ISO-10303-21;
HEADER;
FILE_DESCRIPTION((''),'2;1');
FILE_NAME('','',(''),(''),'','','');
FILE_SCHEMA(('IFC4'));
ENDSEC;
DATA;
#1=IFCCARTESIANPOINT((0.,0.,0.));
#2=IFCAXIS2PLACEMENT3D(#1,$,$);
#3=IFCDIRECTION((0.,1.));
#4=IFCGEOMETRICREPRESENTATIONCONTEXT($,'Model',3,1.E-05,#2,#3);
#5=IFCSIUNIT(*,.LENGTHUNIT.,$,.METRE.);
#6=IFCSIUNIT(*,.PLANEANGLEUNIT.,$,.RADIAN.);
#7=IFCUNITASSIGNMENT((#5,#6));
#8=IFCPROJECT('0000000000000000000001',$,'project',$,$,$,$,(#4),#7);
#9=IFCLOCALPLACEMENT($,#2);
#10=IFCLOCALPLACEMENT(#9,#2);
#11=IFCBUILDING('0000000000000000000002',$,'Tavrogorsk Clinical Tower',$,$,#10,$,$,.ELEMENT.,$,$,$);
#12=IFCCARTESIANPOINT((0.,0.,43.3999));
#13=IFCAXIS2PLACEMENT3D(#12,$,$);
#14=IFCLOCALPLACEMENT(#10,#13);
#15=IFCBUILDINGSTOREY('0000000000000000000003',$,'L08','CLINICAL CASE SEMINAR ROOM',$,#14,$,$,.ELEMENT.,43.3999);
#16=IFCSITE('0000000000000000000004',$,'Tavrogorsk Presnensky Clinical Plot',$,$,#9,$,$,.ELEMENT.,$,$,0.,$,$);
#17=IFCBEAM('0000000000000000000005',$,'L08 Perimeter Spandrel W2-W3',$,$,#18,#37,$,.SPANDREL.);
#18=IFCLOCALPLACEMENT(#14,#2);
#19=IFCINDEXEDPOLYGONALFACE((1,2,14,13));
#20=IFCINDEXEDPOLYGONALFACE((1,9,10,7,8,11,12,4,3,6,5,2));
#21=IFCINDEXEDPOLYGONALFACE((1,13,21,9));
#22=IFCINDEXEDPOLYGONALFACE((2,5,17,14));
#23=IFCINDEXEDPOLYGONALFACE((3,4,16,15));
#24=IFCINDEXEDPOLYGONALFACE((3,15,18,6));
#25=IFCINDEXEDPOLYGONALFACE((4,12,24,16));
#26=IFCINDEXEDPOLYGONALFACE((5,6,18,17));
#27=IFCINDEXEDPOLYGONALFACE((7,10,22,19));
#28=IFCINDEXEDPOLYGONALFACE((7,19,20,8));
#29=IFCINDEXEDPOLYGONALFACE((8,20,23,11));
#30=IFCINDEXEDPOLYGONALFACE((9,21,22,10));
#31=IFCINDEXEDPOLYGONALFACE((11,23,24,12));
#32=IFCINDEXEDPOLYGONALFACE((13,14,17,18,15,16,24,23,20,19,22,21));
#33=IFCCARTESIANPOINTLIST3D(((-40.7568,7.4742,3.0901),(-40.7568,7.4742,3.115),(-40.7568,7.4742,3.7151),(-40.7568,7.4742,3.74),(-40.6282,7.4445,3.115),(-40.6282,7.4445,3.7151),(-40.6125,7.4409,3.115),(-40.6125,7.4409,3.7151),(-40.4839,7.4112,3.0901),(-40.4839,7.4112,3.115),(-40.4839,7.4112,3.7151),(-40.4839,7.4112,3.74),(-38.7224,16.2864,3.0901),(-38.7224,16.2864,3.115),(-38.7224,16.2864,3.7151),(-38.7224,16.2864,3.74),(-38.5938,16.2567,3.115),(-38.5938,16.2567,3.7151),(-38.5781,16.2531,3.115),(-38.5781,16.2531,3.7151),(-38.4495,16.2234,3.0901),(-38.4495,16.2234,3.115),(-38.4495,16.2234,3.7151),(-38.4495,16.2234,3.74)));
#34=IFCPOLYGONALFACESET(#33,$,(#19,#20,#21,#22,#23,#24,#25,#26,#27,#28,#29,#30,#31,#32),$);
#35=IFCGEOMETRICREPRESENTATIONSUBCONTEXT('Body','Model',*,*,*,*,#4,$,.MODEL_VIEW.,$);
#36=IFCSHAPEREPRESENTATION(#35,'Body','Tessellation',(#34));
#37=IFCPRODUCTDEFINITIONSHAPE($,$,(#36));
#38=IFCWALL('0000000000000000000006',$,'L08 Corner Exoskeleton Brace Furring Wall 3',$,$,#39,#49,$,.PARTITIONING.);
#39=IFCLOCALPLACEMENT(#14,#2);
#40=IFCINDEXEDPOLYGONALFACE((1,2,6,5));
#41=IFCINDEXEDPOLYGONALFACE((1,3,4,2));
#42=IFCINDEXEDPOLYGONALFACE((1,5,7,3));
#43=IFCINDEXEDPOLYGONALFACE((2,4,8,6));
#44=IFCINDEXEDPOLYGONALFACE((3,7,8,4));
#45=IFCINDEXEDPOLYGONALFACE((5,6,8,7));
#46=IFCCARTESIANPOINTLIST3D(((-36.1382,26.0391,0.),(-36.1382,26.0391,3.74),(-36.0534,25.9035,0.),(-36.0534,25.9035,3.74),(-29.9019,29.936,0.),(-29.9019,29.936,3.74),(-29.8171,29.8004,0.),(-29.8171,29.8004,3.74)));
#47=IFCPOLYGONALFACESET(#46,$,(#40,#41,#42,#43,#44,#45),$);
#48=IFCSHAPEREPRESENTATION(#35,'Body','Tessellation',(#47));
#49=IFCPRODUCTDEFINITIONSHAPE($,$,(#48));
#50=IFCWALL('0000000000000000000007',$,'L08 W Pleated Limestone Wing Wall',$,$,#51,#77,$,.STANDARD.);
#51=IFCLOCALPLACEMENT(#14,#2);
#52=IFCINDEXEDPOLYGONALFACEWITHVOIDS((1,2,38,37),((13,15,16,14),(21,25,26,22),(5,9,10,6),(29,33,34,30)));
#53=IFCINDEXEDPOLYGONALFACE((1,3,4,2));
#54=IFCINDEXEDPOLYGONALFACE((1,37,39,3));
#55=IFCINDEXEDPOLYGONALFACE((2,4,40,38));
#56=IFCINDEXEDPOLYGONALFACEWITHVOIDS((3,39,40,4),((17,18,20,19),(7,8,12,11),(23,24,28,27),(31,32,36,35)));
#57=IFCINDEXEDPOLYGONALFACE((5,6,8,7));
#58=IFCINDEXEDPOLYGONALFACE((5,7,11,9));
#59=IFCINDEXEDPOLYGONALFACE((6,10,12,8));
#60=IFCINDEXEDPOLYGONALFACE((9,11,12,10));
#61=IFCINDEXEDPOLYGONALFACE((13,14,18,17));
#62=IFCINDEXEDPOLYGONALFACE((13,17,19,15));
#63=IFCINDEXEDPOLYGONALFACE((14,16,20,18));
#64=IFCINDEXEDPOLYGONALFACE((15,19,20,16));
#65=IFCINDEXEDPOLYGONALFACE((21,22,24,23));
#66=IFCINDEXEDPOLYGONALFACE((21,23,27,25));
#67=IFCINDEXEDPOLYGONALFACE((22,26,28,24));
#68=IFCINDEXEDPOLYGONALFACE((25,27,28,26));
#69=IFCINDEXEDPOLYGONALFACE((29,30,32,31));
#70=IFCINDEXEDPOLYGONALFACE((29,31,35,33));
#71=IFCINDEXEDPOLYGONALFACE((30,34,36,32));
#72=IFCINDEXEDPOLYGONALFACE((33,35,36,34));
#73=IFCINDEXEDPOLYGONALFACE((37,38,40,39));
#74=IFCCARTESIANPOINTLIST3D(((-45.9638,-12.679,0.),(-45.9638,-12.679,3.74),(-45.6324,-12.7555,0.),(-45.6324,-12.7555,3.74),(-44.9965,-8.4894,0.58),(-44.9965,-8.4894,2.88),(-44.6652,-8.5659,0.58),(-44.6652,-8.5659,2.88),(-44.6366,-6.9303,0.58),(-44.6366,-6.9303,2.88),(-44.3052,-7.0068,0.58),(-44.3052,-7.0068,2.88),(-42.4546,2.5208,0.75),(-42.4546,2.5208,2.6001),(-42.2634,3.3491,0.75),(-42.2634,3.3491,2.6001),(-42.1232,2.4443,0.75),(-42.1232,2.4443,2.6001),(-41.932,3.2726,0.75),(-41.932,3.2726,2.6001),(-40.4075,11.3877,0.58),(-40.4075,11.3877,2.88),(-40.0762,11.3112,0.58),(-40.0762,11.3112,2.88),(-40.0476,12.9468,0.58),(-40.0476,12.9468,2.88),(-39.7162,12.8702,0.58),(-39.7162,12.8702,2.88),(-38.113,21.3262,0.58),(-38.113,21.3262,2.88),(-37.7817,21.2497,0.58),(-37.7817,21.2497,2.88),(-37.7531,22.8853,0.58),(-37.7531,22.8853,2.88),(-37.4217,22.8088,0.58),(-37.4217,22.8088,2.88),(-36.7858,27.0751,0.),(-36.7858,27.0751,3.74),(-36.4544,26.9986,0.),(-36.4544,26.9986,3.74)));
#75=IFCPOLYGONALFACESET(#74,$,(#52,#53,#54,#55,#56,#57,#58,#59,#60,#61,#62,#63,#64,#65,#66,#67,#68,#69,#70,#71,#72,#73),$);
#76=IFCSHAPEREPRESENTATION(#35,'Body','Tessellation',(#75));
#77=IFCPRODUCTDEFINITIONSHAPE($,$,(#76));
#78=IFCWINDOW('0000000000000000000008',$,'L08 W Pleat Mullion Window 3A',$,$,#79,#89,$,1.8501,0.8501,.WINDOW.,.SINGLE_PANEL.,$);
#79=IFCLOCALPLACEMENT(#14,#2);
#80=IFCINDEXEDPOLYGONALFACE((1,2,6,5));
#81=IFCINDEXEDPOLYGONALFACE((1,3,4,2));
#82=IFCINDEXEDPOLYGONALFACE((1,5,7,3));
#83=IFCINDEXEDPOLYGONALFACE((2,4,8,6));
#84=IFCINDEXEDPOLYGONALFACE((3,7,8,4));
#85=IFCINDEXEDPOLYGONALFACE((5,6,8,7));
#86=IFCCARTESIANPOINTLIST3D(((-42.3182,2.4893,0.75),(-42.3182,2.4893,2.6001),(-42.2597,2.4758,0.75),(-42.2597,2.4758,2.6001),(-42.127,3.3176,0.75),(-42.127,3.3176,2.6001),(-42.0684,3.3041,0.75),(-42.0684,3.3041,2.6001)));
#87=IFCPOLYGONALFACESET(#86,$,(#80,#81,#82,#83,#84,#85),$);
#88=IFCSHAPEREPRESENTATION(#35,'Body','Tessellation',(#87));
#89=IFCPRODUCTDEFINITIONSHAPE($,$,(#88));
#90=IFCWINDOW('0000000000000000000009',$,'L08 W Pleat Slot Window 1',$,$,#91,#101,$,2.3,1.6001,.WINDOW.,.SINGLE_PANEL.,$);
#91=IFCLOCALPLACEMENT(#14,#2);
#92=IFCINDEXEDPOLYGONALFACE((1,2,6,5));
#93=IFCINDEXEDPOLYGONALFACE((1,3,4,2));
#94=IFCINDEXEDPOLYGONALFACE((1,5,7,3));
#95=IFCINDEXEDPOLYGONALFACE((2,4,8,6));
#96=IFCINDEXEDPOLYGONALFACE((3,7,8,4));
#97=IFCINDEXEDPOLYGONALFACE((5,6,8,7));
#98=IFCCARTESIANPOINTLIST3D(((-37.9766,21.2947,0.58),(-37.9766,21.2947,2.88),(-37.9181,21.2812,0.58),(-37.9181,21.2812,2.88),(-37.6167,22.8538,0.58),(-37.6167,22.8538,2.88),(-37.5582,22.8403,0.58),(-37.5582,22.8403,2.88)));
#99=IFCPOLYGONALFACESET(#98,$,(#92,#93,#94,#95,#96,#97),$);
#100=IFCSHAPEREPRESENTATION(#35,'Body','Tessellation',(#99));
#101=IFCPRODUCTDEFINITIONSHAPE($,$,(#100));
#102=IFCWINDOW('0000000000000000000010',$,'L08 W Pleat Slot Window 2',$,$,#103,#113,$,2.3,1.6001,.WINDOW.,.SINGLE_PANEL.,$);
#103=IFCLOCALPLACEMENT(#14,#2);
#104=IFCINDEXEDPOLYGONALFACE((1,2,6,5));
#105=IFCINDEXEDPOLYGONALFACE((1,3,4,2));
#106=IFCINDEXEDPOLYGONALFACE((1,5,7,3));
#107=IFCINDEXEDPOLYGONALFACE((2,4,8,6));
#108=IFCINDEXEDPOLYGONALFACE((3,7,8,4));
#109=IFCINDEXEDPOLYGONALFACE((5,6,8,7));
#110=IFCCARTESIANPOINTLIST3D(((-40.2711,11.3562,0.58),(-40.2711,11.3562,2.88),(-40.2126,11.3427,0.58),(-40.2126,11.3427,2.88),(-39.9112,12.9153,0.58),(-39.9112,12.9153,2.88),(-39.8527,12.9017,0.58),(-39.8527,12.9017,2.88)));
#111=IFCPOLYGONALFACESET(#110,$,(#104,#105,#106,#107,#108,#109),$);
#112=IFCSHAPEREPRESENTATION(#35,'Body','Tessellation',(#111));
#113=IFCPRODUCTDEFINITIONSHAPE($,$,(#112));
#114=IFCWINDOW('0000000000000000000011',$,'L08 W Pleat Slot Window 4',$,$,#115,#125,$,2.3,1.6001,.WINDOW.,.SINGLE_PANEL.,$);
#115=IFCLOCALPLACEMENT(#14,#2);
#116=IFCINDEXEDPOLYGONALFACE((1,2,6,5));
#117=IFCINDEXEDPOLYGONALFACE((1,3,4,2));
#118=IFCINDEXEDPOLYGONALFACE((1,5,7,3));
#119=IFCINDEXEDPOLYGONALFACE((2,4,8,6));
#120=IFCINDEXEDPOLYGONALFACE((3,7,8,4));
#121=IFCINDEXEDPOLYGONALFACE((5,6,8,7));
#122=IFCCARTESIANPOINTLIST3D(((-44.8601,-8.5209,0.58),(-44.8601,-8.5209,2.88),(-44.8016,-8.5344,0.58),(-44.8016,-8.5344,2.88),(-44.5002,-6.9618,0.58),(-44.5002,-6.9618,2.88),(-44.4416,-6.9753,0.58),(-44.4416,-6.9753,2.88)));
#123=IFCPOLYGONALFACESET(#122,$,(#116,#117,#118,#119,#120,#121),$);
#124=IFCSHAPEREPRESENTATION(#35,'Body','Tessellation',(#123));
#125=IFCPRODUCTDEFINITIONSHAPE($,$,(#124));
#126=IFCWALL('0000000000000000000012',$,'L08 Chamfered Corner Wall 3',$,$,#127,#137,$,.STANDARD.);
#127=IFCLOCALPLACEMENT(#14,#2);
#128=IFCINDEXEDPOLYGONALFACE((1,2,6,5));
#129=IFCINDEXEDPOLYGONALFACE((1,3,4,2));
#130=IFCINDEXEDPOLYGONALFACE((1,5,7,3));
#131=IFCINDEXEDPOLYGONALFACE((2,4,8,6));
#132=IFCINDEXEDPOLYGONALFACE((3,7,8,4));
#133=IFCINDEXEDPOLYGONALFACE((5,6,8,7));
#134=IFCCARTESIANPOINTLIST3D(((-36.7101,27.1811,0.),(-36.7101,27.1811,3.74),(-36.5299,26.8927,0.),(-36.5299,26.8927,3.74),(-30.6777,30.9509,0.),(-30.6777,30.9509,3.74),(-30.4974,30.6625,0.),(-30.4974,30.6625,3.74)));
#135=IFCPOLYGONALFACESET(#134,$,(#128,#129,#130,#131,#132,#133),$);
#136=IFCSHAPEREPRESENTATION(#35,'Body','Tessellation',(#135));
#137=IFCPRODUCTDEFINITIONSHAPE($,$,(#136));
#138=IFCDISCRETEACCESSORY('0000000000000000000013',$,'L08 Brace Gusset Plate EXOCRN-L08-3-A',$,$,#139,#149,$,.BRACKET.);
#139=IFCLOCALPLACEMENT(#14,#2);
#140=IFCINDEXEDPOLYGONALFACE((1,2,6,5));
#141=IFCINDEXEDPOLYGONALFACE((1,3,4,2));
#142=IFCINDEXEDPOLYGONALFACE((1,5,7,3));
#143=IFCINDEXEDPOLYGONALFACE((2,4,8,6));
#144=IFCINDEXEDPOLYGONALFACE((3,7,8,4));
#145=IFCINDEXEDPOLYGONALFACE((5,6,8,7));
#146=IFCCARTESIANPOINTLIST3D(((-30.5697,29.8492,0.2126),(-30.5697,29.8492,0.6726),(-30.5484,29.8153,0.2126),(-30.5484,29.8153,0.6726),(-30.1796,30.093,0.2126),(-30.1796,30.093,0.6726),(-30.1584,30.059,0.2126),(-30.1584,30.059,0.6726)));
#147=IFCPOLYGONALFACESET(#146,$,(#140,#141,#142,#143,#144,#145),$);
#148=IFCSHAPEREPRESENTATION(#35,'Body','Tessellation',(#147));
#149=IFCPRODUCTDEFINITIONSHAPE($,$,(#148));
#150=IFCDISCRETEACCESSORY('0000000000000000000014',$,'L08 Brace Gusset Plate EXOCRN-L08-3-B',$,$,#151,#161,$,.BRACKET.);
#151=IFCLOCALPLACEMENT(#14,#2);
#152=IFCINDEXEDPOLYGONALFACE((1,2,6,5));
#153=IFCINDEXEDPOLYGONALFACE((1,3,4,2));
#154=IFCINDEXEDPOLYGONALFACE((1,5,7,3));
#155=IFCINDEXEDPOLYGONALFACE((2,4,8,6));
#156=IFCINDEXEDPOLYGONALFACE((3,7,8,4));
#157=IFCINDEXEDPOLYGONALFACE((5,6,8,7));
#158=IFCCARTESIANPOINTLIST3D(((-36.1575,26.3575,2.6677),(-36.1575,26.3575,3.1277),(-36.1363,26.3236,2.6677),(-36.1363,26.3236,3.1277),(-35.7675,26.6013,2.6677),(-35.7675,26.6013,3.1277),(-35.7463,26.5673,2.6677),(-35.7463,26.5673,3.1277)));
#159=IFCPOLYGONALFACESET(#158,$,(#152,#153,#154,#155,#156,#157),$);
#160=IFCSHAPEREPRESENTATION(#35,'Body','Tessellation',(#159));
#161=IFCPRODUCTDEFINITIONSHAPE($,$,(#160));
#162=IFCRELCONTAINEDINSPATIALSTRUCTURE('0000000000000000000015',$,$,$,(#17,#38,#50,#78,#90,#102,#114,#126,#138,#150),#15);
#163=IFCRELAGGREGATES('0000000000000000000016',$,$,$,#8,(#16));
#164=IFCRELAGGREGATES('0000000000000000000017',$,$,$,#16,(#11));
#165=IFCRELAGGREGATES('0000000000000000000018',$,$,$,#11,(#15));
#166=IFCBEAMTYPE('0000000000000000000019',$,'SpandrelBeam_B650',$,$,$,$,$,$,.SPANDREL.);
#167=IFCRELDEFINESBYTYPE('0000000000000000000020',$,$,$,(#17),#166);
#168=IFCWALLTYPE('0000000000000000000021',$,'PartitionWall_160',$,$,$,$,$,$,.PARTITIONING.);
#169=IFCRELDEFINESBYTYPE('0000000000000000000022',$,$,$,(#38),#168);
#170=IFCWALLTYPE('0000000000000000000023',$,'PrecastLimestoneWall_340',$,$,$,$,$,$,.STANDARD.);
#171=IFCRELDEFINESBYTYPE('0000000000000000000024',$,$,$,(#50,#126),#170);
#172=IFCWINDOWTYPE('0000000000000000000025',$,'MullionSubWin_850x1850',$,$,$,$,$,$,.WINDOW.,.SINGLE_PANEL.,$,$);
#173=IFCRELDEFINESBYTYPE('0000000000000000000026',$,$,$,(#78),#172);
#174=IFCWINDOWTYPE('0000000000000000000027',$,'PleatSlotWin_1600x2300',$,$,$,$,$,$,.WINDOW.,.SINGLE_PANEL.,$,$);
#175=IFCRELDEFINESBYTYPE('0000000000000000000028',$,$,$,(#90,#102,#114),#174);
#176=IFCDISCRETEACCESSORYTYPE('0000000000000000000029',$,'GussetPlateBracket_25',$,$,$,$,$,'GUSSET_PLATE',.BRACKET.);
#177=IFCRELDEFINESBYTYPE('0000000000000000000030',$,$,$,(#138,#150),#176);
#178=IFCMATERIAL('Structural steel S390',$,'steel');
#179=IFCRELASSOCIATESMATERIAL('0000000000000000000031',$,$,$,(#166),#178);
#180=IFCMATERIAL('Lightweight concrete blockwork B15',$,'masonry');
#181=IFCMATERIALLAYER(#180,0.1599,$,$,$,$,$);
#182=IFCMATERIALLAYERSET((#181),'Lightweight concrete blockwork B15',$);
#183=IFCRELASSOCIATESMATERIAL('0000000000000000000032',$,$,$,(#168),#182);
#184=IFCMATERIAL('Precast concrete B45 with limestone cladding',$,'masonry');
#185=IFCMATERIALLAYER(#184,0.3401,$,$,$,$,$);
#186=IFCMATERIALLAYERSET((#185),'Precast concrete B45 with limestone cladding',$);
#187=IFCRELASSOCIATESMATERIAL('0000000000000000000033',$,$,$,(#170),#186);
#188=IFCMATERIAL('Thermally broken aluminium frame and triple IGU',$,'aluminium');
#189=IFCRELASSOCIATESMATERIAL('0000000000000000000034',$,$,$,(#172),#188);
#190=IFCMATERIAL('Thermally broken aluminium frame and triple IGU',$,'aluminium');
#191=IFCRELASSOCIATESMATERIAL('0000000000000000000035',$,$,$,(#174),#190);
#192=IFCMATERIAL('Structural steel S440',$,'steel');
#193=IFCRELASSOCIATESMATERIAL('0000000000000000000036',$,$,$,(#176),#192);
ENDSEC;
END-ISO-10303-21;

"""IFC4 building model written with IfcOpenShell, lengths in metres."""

from ifc_helpers import new_model, si_unit, direction, frame, frame_2d, origin, origin_2d, place, context, subcontext, project, spatial, rectangle, i_section, extrude, material, layer, layer_set, material_profile, profile_set, type_object, element, fill, save


model = new_model("IFC4")

# Units and contexts
model_context = context("Model", 3, precision=1e-05, world=origin(), true_north=direction((0.0, 1.0)))
body_context = subcontext(model_context, "Body", "Model", "MODEL_VIEW")
ifc_project = project(units=[si_unit("LENGTHUNIT", "METRE"), si_unit("PLANEANGLEUNIT", "RADIAN")], contexts=[model_context])

# Site, building, storey
site_placement = place(None, origin())
site = spatial("IfcSite", under=ifc_project, at=site_placement, Name="Tavrogorsk Presnensky Clinical Plot", CompositionType="ELEMENT", RefElevation=0.0)
building_placement = place(site_placement, origin())
building = spatial("IfcBuilding", under=site, at=building_placement, Name="Tavrogorsk Clinical Tower", CompositionType="ELEMENT")
storey_placement = place(building_placement, frame((0.0, 0.0, 43.3999)))
storey = spatial("IfcBuildingStorey", under=building, at=storey_placement, Name="L08", Description="CLINICAL CASE SEMINAR ROOM", CompositionType="ELEMENT", Elevation=43.3999)

# Beam
ifc_material_1 = material(Name="Structural steel S390", Category="steel")
ifc_material_profile_1 = material_profile(ifc_material_1, i_section(OverallWidth=0.28, OverallDepth=0.6499, WebThickness=0.0161, FlangeThickness=0.0249, at=origin_2d()), Name="B-650x280x16x25")
ifc_profile_set_1 = profile_set([ifc_material_profile_1], Name="Structural steel S390")
beam_type_1 = type_object("IfcBeamType", Name="SpandrelBeam_B650", PredefinedType="SPANDREL", material=ifc_profile_set_1)
beam_1_placement = place(storey_placement, frame((-38.5859, 16.2549, 3.415), z_axis=(-0.224946, -0.974371, 0.0), x_axis=(0.974371, -0.224946, 0.0)))
element("IfcBeam", 1, at=beam_1_placement, inside=storey, type_object=beam_type_1, Name="L08 Perimeter Spandrel W2-W3", PredefinedType="SPANDREL", context=body_context, shape_type="SweptSolid", body=[
    extrude(i_section(OverallWidth=0.28, OverallDepth=0.6499, WebThickness=0.0161, FlangeThickness=0.0249, at=origin_2d()), origin(), (0.0, 0.0, 1.0), 9.0439),
])

# Wall
ifc_material_2 = material(Name="Lightweight concrete blockwork B15", Category="masonry")
ifc_layer_1 = layer(ifc_material_2, 0.1599)
ifc_layer_set_1 = layer_set([ifc_layer_1], Name="Lightweight concrete blockwork B15")
wall_type_1 = type_object("IfcWallType", Name="PartitionWall_160", PredefinedType="PARTITIONING", material=ifc_layer_set_1)
wall_1_placement = place(storey_placement, frame((-29.8596, 29.8682, 0.0), z_axis=(0.0, 0.0, 1.0), x_axis=(-0.848043, -0.529927, 0.0)))
element("IfcWall", 2, at=wall_1_placement, inside=storey, type_object=wall_type_1, Name="L08 Corner Exoskeleton Brace Furring Wall 3", PredefinedType="PARTITIONING", context=body_context, shape_type="SweptSolid", body=[
    extrude(rectangle(XDim=7.3538, YDim=0.1599, at=frame_2d((3.6768, 0.0))), origin(), (0.0, 0.0, 1.0), 3.74),
])

# Wall, openings, windows
ifc_material_3 = material(Name="Precast concrete B45 with limestone cladding", Category="masonry")
ifc_layer_2 = layer(ifc_material_3, 0.3401)
ifc_layer_set_2 = layer_set([ifc_layer_2], Name="Precast concrete B45 with limestone cladding")
wall_type_2 = type_object("IfcWallType", Name="PrecastLimestoneWall_340", PredefinedType="STANDARD", material=ifc_layer_set_2)
wall_2_placement = place(storey_placement, frame((-36.6201, 27.0369, 0.0), z_axis=(0.0, 0.0, 1.0), x_axis=(-0.224951, -0.97437, 0.0)))
wall_2 = element("IfcWall", 3, at=wall_2_placement, inside=storey, type_object=wall_type_2, Name="L08 W Pleated Limestone Wing Wall", PredefinedType="STANDARD", context=body_context, shape_type="SweptSolid", body=[
    extrude(rectangle(XDim=40.7998, YDim=0.3401, at=frame_2d((20.3999, 0.0))), origin(), (0.0, 0.0, 1.0), 3.74),
])
opening_1_placement = place(wall_2_placement, frame((4.3, 0.0, 0.5801)))
opening_1 = element("IfcOpeningElement", 4, at=opening_1_placement, cuts=wall_2, PredefinedType="OPENING", context=body_context, shape_type="SweptSolid", body=[
    extrude(rectangle(XDim=1.6001, YDim=2.3, at=frame_2d((0.8, 1.1499))), frame((0.0, 0.1799, 0.0), z_axis=(0.0, -1.0, 0.0), x_axis=(1.0, 0.0, 0.0)), (0.0, 0.0, 1.0), 0.3601),
])
opening_2_placement = place(wall_2_placement, frame((14.5, 0.0, 0.5801)))
opening_2 = element("IfcOpeningElement", 5, at=opening_2_placement, cuts=wall_2, PredefinedType="OPENING", context=body_context, shape_type="SweptSolid", body=[
    extrude(rectangle(XDim=1.6001, YDim=2.3, at=frame_2d((0.8, 1.1499))), frame((0.0, 0.1799, 0.0), z_axis=(0.0, -1.0, 0.0), x_axis=(1.0, 0.0, 0.0)), (0.0, 0.0, 1.0), 0.3601),
])
opening_3_placement = place(wall_2_placement, frame((24.3501, 0.0, 0.75)))
opening_3 = element("IfcOpeningElement", 6, at=opening_3_placement, cuts=wall_2, PredefinedType="OPENING", context=body_context, shape_type="SweptSolid", body=[
    extrude(rectangle(XDim=0.8501, YDim=1.8501, at=frame_2d((0.425, 0.925))), frame((0.0, 0.1799, 0.0), z_axis=(0.0, -1.0, 0.0), x_axis=(1.0, 0.0, 0.0)), (0.0, 0.0, 1.0), 0.3601),
])
opening_4_placement = place(wall_2_placement, frame((34.8999, 0.0, 0.5801)))
opening_4 = element("IfcOpeningElement", 7, at=opening_4_placement, cuts=wall_2, PredefinedType="OPENING", context=body_context, shape_type="SweptSolid", body=[
    extrude(rectangle(XDim=1.6001, YDim=2.3, at=frame_2d((0.8, 1.1499))), frame((0.0, 0.1799, 0.0), z_axis=(0.0, -1.0, 0.0), x_axis=(1.0, 0.0, 0.0)), (0.0, 0.0, 1.0), 0.3601),
])
ifc_material_4 = material(Name="Thermally broken aluminium frame and triple IGU", Category="aluminium")
window_type_1 = type_object("IfcWindowType", Name="MullionSubWin_850x1850", PartitioningType="SINGLE_PANEL", PredefinedType="WINDOW", material=ifc_material_4)
window_1_placement = place(opening_3_placement, origin())
window_1 = element("IfcWindow", 8, at=window_1_placement, inside=storey, type_object=window_type_1, Name="L08 W Pleat Mullion Window 3A", OverallHeight=1.8501, OverallWidth=0.8501, PartitioningType="SINGLE_PANEL", PredefinedType="WINDOW", context=body_context, shape_type="SweptSolid", body=[
    extrude(rectangle(XDim=0.8501, YDim=1.8501, at=frame_2d((0.425, 0.925))), frame((0.0, 0.03, 0.0), z_axis=(0.0, -1.0, 0.0), x_axis=(1.0, 0.0, 0.0)), (0.0, 0.0, 1.0), 0.0601),
])
fill(opening_3, window_1)
ifc_material_5 = material(Name="Thermally broken aluminium frame and triple IGU", Category="aluminium")
window_type_2 = type_object("IfcWindowType", Name="PleatSlotWin_1600x2300", PartitioningType="SINGLE_PANEL", PredefinedType="WINDOW", material=ifc_material_5)
window_2_placement = place(opening_1_placement, origin())
window_2 = element("IfcWindow", 9, at=window_2_placement, inside=storey, type_object=window_type_2, Name="L08 W Pleat Slot Window 1", OverallHeight=2.3, OverallWidth=1.6001, PartitioningType="SINGLE_PANEL", PredefinedType="WINDOW", context=body_context, shape_type="SweptSolid", body=[
    extrude(rectangle(XDim=1.6001, YDim=2.3, at=frame_2d((0.8, 1.1499))), frame((0.0, 0.03, 0.0), z_axis=(0.0, -1.0, 0.0), x_axis=(1.0, 0.0, 0.0)), (0.0, 0.0, 1.0), 0.0601),
])
fill(opening_1, window_2)
window_3_placement = place(opening_2_placement, origin())
window_3 = element("IfcWindow", 10, at=window_3_placement, inside=storey, type_object=window_type_2, Name="L08 W Pleat Slot Window 2", OverallHeight=2.3, OverallWidth=1.6001, PartitioningType="SINGLE_PANEL", PredefinedType="WINDOW", context=body_context, shape_type="SweptSolid", body=[
    extrude(rectangle(XDim=1.6001, YDim=2.3, at=frame_2d((0.8, 1.1499))), frame((0.0, 0.03, 0.0), z_axis=(0.0, -1.0, 0.0), x_axis=(1.0, 0.0, 0.0)), (0.0, 0.0, 1.0), 0.0601),
])
fill(opening_2, window_3)
window_4_placement = place(opening_4_placement, origin())
window_4 = element("IfcWindow", 11, at=window_4_placement, inside=storey, type_object=window_type_2, Name="L08 W Pleat Slot Window 4", OverallHeight=2.3, OverallWidth=1.6001, PartitioningType="SINGLE_PANEL", PredefinedType="WINDOW", context=body_context, shape_type="SweptSolid", body=[
    extrude(rectangle(XDim=1.6001, YDim=2.3, at=frame_2d((0.8, 1.1499))), frame((0.0, 0.03, 0.0), z_axis=(0.0, -1.0, 0.0), x_axis=(1.0, 0.0, 0.0)), (0.0, 0.0, 1.0), 0.0601),
])
fill(opening_4, window_4)

# Wall
wall_3_placement = place(storey_placement, frame((-30.5876, 30.8066, 0.0), z_axis=(0.0, 0.0, 1.0), x_axis=(-0.848031, -0.529946, 0.0)))
element("IfcWall", 12, at=wall_3_placement, inside=storey, type_object=wall_type_2, Name="L08 Chamfered Corner Wall 3", PredefinedType="STANDARD", context=body_context, shape_type="SweptSolid", body=[
    extrude(rectangle(XDim=7.1135, YDim=0.3401, at=frame_2d((3.5566, 0.0))), origin(), (0.0, 0.0, 1.0), 3.74),
])

# Discrete accessories
ifc_material_6 = material(Name="Structural steel S440", Category="steel")
discrete_accessory_type = type_object("IfcDiscreteAccessoryType", Name="GussetPlateBracket_25", ElementType="GUSSET_PLATE", PredefinedType="BRACKET", material=ifc_material_6)
for number, where, z_axis, x_axis, name in (
    (13, (-30.364, 29.9541, 0.2126), (0.0, 0.0, 1.0), (-0.848048, -0.529919, 0.0), "L08 Brace Gusset Plate EXOCRN-L08-3-A"),
    (14, (-35.9519, 26.4624, 2.6677), (0.0, 0.0, 1.0), (-0.848048, -0.529919, 0.0), "L08 Brace Gusset Plate EXOCRN-L08-3-B"),
):
    element("IfcDiscreteAccessory", number, at=place(storey_placement, frame(where, z_axis=z_axis, x_axis=x_axis)), inside=storey, type_object=discrete_accessory_type, Name=name, PredefinedType="BRACKET", context=body_context, shape_type="SweptSolid", body=[
        extrude(rectangle(XDim=0.46, YDim=0.04, at=origin_2d()), origin(), (0.0, 0.0, 1.0), 0.46),
    ])

save(model, "model.ifc")
